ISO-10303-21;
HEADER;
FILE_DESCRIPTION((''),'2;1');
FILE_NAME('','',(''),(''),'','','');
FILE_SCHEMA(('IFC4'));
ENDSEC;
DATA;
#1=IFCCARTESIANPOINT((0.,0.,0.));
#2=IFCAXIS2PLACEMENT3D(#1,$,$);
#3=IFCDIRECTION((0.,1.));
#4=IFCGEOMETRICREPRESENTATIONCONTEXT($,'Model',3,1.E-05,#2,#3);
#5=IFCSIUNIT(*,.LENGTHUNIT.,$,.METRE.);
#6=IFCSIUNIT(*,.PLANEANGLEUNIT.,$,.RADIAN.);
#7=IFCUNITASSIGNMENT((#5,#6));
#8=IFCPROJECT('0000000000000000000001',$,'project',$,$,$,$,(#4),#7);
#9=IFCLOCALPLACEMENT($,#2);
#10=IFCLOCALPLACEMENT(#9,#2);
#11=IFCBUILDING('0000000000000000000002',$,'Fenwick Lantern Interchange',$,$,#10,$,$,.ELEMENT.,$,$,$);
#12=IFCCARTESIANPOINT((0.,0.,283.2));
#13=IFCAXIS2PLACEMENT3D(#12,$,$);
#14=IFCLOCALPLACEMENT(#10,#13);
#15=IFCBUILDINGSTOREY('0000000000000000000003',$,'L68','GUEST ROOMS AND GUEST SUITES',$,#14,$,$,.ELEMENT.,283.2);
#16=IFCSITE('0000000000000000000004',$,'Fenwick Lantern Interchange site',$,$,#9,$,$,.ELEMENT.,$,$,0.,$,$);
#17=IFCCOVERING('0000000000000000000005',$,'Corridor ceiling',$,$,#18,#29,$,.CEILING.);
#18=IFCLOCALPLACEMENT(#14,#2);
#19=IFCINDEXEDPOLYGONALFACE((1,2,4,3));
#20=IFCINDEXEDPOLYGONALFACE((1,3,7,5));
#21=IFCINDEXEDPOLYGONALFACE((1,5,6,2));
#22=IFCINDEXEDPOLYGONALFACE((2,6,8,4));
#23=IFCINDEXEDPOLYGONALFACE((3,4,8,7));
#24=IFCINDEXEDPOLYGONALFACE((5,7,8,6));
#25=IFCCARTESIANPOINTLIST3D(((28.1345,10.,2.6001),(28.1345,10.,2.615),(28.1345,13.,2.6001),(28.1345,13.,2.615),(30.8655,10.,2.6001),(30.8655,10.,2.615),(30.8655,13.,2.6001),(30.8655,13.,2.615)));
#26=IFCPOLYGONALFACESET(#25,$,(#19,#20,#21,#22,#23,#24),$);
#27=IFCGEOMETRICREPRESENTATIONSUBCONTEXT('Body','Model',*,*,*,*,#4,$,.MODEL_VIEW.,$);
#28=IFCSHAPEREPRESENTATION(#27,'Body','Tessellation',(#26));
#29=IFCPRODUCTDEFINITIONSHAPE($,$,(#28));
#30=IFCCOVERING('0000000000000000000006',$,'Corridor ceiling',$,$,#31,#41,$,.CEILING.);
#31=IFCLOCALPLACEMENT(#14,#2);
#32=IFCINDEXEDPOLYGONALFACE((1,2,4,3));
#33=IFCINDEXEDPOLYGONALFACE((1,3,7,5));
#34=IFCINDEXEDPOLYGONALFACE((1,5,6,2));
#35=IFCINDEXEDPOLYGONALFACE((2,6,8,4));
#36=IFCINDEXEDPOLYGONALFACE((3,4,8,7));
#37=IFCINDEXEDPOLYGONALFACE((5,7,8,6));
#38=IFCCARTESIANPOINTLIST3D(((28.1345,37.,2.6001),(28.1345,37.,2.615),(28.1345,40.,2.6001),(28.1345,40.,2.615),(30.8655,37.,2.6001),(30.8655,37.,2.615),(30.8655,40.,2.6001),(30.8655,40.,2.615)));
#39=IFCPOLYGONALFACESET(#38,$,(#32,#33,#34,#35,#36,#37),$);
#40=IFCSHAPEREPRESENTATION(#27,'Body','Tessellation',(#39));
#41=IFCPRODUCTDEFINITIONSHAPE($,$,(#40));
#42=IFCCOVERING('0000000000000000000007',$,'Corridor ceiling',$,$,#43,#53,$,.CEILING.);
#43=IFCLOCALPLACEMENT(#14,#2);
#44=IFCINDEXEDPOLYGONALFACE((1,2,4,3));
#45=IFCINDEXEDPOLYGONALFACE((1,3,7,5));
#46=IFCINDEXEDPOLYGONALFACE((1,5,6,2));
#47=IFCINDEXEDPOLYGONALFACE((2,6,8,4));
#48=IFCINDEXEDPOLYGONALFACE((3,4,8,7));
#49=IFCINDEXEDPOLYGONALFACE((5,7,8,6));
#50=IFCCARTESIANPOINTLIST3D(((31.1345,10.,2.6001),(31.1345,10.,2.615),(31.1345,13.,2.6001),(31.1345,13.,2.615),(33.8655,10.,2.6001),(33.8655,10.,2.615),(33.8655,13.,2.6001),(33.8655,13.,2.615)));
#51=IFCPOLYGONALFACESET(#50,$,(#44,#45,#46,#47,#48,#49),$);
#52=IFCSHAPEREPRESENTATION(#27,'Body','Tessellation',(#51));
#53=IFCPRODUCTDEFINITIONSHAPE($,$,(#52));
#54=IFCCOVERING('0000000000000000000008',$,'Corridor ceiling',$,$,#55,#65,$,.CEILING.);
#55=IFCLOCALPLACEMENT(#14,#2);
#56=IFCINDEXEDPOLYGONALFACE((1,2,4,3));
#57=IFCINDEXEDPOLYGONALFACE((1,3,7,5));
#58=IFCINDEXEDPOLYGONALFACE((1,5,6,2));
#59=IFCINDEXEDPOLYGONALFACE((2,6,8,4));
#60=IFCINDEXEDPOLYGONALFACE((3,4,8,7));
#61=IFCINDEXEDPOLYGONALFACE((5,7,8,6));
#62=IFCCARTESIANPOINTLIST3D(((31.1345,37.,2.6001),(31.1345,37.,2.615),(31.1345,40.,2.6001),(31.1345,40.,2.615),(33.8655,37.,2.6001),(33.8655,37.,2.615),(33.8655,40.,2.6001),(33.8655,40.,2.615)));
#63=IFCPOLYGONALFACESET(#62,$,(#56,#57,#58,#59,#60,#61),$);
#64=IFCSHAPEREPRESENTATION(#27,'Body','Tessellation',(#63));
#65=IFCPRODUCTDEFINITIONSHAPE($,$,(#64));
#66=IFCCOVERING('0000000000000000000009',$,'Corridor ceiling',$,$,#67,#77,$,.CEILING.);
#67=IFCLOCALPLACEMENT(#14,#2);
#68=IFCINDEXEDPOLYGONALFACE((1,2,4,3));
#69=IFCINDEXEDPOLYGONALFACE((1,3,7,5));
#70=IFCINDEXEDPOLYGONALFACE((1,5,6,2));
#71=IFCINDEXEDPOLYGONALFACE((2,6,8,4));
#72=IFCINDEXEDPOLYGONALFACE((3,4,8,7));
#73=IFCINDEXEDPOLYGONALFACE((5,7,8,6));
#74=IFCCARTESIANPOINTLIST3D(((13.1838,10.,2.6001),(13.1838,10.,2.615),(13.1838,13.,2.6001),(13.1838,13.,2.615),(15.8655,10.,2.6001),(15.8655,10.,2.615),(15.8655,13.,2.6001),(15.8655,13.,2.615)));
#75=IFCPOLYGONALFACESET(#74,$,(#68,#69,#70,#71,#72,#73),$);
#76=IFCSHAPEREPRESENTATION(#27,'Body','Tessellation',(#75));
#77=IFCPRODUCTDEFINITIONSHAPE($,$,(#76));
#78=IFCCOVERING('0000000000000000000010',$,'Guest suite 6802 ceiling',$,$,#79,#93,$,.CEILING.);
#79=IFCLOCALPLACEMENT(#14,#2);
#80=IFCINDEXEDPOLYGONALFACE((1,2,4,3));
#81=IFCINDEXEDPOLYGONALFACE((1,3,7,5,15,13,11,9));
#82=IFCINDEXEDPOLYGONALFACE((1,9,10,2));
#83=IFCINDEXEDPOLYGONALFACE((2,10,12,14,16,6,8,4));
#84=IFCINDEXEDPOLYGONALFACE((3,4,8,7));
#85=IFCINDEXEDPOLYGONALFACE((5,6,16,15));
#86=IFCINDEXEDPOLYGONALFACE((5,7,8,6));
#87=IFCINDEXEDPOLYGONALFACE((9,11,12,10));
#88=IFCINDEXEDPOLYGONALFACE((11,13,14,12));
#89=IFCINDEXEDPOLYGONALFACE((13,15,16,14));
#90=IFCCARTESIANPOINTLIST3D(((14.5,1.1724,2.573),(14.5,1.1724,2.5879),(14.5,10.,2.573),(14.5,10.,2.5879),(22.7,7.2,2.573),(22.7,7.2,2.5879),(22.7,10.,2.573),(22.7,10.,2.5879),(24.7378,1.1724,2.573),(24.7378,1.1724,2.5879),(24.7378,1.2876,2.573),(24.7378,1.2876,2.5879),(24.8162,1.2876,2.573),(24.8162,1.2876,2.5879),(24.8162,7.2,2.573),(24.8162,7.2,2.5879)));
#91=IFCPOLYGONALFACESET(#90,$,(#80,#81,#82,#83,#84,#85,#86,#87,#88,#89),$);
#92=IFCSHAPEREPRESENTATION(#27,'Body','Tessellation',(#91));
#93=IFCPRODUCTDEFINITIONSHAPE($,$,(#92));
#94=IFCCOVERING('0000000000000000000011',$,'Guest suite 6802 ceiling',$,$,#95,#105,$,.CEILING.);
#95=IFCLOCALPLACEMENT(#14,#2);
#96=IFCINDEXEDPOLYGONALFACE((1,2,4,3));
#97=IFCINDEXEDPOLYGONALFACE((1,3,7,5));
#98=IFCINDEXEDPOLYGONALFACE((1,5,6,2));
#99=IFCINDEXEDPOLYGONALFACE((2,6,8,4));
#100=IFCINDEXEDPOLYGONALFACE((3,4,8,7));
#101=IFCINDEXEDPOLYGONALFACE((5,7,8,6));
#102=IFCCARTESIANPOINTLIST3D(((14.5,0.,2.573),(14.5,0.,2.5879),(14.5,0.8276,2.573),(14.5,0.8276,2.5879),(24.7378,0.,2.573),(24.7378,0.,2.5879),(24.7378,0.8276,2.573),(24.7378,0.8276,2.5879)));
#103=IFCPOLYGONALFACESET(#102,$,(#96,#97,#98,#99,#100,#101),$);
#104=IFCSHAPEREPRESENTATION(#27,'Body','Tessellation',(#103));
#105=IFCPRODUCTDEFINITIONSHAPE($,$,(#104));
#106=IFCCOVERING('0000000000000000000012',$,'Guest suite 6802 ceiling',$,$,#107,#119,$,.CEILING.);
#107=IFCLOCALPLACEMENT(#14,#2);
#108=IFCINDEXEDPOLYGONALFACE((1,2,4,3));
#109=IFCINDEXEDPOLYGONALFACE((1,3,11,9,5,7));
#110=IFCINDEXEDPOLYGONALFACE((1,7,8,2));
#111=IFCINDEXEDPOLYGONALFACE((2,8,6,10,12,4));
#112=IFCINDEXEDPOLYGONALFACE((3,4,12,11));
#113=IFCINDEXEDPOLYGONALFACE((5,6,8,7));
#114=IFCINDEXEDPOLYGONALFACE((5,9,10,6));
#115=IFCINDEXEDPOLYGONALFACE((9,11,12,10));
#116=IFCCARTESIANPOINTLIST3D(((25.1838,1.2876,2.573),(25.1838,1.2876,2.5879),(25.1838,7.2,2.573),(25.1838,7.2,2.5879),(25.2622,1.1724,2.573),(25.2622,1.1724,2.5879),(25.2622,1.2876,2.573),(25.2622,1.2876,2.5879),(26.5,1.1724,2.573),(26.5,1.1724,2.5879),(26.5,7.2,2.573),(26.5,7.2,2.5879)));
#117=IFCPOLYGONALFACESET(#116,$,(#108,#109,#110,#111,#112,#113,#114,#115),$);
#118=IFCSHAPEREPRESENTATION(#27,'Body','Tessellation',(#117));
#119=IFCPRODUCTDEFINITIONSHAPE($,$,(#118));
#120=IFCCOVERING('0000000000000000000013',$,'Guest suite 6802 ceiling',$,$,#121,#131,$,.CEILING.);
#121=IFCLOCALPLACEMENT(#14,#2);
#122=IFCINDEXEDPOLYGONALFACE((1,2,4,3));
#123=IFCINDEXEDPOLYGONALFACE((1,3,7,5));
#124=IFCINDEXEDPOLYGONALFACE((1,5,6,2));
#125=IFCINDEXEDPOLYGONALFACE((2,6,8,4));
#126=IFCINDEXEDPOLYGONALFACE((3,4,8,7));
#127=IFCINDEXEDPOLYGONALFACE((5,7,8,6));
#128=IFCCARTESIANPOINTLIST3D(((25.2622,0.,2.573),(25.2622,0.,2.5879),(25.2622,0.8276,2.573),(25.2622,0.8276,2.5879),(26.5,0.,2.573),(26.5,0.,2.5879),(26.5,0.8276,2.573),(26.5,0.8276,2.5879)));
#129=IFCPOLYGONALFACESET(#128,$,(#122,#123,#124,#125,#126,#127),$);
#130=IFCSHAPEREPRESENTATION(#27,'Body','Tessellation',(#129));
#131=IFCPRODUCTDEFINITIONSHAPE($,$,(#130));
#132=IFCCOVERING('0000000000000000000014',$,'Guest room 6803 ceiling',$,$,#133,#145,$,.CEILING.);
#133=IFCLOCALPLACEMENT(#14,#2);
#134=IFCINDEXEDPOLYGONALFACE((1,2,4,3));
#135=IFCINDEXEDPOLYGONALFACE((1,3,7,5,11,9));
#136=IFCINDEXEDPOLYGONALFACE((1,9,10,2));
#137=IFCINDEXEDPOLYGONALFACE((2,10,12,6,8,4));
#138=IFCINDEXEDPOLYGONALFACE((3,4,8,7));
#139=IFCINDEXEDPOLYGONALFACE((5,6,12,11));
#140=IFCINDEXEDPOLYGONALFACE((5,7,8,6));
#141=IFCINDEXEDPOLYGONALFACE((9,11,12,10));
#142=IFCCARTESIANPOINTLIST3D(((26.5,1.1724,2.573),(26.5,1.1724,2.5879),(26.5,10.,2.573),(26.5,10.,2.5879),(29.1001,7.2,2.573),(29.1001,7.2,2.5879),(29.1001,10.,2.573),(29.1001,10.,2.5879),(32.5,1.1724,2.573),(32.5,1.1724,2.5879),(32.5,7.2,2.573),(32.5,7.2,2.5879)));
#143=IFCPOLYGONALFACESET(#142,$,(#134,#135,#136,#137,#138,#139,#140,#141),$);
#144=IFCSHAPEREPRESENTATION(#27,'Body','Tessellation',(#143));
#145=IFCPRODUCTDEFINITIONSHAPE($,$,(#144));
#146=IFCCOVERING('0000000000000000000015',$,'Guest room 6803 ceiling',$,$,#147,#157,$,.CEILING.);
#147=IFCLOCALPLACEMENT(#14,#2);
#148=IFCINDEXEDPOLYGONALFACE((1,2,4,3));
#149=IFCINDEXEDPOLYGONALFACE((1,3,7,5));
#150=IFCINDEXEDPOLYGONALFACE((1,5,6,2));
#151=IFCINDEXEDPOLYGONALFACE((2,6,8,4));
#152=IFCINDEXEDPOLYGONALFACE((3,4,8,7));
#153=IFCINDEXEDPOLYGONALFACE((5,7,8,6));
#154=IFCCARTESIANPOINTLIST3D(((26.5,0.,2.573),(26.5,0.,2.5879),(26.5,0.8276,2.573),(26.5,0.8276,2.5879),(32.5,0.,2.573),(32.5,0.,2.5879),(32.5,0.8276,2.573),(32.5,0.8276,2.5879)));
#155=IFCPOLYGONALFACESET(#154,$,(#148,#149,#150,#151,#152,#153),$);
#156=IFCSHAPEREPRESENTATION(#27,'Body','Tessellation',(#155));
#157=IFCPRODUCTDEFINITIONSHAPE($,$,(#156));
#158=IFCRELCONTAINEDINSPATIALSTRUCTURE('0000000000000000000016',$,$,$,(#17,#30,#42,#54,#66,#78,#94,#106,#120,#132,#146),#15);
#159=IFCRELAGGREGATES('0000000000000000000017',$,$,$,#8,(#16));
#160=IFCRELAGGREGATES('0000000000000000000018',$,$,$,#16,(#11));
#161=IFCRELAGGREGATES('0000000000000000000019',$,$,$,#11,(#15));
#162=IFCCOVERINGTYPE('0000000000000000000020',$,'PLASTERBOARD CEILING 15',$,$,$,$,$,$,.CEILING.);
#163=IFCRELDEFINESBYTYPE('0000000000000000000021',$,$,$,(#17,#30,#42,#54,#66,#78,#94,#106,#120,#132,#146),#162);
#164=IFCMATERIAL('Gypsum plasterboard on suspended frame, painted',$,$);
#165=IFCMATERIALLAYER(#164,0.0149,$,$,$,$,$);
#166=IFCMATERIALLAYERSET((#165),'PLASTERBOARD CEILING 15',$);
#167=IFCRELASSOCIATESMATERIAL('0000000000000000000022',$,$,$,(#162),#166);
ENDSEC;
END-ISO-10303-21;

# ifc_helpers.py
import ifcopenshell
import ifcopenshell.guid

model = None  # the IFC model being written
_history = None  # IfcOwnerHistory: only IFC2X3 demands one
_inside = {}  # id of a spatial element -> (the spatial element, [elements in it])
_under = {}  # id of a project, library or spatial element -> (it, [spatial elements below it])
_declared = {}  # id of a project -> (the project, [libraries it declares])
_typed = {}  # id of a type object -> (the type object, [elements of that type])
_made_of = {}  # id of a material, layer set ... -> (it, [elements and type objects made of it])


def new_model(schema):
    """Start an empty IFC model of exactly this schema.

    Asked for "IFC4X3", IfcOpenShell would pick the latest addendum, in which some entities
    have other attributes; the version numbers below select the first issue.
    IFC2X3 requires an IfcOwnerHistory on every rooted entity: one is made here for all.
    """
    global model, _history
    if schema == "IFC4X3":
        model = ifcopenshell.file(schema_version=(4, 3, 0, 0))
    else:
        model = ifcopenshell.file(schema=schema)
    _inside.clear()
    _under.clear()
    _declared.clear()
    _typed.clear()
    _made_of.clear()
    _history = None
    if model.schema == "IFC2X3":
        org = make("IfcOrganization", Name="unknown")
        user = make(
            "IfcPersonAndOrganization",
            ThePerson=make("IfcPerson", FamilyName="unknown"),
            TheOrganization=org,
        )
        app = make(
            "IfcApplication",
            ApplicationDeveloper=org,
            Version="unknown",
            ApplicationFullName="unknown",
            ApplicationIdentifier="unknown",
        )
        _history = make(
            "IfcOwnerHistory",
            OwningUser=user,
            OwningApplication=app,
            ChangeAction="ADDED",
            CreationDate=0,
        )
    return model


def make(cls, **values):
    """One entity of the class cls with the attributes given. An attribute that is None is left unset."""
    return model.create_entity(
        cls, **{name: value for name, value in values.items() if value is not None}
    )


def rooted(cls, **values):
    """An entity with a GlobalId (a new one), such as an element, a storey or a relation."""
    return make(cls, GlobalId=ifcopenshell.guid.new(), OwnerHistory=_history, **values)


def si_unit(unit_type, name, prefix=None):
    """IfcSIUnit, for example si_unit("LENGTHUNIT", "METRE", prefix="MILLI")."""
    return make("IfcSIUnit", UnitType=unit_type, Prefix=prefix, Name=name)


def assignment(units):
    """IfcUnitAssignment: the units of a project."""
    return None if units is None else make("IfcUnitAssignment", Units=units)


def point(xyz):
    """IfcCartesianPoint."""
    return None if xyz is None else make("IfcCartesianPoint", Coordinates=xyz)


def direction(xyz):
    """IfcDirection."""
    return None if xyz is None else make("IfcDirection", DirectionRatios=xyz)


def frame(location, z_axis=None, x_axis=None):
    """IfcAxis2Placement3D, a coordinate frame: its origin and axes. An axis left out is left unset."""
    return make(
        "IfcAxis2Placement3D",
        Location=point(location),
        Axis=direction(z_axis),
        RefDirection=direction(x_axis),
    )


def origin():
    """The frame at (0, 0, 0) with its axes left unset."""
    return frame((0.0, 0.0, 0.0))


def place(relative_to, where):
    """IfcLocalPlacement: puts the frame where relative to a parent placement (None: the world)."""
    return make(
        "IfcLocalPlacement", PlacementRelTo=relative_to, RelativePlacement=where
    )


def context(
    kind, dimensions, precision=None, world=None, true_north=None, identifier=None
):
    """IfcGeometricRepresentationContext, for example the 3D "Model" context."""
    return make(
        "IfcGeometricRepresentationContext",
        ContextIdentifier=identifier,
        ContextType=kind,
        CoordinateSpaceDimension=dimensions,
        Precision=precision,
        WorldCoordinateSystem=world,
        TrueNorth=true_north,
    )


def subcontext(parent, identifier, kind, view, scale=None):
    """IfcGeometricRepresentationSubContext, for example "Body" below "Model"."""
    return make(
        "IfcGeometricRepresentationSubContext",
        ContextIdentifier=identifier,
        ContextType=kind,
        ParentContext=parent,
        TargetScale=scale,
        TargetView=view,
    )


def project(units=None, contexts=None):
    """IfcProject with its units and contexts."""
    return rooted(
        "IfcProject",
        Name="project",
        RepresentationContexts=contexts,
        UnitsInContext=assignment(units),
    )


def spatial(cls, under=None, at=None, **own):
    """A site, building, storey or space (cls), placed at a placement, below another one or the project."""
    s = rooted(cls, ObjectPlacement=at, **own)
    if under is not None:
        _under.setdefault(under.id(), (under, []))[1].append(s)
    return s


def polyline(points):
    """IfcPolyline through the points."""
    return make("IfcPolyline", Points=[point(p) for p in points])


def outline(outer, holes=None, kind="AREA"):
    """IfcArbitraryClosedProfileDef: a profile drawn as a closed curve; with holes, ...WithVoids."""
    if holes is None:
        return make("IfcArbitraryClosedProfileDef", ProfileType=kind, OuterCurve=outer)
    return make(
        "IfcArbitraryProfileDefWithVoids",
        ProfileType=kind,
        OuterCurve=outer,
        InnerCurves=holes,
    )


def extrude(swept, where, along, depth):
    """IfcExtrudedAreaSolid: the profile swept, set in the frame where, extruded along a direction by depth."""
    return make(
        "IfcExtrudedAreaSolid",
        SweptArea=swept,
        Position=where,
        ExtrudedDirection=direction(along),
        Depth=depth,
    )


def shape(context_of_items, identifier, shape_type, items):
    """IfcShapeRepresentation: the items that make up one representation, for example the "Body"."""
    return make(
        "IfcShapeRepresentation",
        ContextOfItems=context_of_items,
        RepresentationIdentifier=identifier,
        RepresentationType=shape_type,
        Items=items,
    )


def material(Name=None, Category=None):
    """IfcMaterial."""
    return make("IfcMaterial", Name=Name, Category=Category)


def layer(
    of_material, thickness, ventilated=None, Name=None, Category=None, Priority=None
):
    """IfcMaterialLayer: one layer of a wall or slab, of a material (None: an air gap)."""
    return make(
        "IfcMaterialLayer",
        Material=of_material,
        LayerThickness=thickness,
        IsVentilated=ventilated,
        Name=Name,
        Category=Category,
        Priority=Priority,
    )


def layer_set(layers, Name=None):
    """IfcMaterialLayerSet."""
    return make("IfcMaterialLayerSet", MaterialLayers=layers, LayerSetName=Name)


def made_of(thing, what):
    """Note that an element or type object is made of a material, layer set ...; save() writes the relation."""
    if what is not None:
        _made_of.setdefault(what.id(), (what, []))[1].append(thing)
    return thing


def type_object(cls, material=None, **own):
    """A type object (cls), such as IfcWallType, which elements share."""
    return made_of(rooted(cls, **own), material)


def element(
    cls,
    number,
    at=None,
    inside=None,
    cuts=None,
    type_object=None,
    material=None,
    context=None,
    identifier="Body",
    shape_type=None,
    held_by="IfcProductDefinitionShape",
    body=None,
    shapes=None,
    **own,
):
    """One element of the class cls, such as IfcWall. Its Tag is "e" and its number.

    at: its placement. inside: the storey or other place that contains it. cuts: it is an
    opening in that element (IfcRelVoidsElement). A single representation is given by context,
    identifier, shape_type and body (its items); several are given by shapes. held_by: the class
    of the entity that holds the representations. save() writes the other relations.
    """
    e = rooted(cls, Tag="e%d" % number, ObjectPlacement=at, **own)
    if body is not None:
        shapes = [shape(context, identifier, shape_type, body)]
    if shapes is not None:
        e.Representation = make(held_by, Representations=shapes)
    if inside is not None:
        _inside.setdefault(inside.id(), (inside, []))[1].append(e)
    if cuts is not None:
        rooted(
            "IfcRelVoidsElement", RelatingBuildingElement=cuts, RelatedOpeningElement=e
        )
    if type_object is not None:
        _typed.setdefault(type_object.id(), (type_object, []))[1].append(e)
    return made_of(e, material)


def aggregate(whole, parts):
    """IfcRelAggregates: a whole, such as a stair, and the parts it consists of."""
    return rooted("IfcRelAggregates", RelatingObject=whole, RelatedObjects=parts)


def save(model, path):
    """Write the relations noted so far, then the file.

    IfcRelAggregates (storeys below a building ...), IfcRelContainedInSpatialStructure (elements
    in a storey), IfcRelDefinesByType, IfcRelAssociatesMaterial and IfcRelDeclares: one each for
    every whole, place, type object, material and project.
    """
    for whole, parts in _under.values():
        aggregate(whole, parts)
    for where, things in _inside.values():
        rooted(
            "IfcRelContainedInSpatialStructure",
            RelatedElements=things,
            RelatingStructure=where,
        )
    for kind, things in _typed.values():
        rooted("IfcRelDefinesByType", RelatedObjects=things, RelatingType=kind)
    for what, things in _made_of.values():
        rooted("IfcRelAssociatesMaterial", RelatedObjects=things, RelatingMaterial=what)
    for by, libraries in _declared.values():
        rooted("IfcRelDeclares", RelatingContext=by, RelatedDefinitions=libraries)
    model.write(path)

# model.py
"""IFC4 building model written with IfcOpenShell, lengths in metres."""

from ifc_helpers import new_model, si_unit, direction, frame, origin, place, context, subcontext, project, spatial, polyline, outline, extrude, material, layer, layer_set, type_object, element, save


model = new_model("IFC4")

# Units and contexts
model_context = context("Model", 3, precision=1e-05, world=origin(), true_north=direction((0.0, 1.0)))
body_context = subcontext(model_context, "Body", "Model", "MODEL_VIEW")
ifc_project = project(units=[si_unit("LENGTHUNIT", "METRE"), si_unit("PLANEANGLEUNIT", "RADIAN")], contexts=[model_context])

# Site, building, storey
site_placement = place(None, origin())
site = spatial("IfcSite", under=ifc_project, at=site_placement, Name="Fenwick Lantern Interchange site", CompositionType="ELEMENT", RefElevation=0.0)
building_placement = place(site_placement, origin())
building = spatial("IfcBuilding", under=site, at=building_placement, Name="Fenwick Lantern Interchange", CompositionType="ELEMENT")
storey_placement = place(building_placement, frame((0.0, 0.0, 283.2)))
storey = spatial("IfcBuildingStorey", under=building, at=storey_placement, Name="L68", Description="GUEST ROOMS AND GUEST SUITES", CompositionType="ELEMENT", Elevation=283.2)

# Coverings
ifc_material_1 = material(Name="Gypsum plasterboard on suspended frame, painted")
ifc_layer_1 = layer(ifc_material_1, 0.0149)
ifc_layer_set_1 = layer_set([ifc_layer_1], Name="PLASTERBOARD CEILING 15")
covering_type_1 = type_object("IfcCoveringType", Name="PLASTERBOARD CEILING 15", PredefinedType="CEILING", material=ifc_layer_set_1)
covering_1_placement = place(storey_placement, frame((0.0, 0.0, 2.6001)))
element("IfcCovering", 1, at=covering_1_placement, inside=storey, type_object=covering_type_1, Name="Corridor ceiling", PredefinedType="CEILING", context=body_context, shape_type="SweptSolid", body=[
    extrude(outline(polyline([(28.1345, 10.0), (30.8655, 10.0), (30.8655, 13.0), (28.1345, 13.0), (28.1345, 10.0)])), origin(), (0.0, 0.0, 1.0), 0.0149),
])
covering_2_placement = place(storey_placement, frame((0.0, 0.0, 2.6001)))
element("IfcCovering", 2, at=covering_2_placement, inside=storey, type_object=covering_type_1, Name="Corridor ceiling", PredefinedType="CEILING", context=body_context, shape_type="SweptSolid", body=[
    extrude(outline(polyline([(30.8655, 40.0), (28.1345, 40.0), (28.1345, 37.0), (30.8655, 37.0), (30.8655, 40.0)])), origin(), (0.0, 0.0, 1.0), 0.0149),
])
covering_3_placement = place(storey_placement, frame((0.0, 0.0, 2.6001)))
element("IfcCovering", 3, at=covering_3_placement, inside=storey, type_object=covering_type_1, Name="Corridor ceiling", PredefinedType="CEILING", context=body_context, shape_type="SweptSolid", body=[
    extrude(outline(polyline([(31.1345, 10.0), (33.8655, 10.0), (33.8655, 13.0), (31.1345, 13.0), (31.1345, 10.0)])), origin(), (0.0, 0.0, 1.0), 0.0149),
])
covering_4_placement = place(storey_placement, frame((0.0, 0.0, 2.6001)))
element("IfcCovering", 4, at=covering_4_placement, inside=storey, type_object=covering_type_1, Name="Corridor ceiling", PredefinedType="CEILING", context=body_context, shape_type="SweptSolid", body=[
    extrude(outline(polyline([(33.8655, 40.0), (31.1345, 40.0), (31.1345, 37.0), (33.8655, 37.0), (33.8655, 40.0)])), origin(), (0.0, 0.0, 1.0), 0.0149),
])
covering_5_placement = place(storey_placement, frame((0.0, 0.0, 2.6001)))
element("IfcCovering", 5, at=covering_5_placement, inside=storey, type_object=covering_type_1, Name="Corridor ceiling", PredefinedType="CEILING", context=body_context, shape_type="SweptSolid", body=[
    extrude(outline(polyline([(13.1838, 10.0), (15.8655, 10.0), (15.8655, 13.0), (13.1838, 13.0), (13.1838, 10.0)])), origin(), (0.0, 0.0, 1.0), 0.0149),
])
covering_6_placement = place(storey_placement, frame((0.0, 0.0, 2.573)))
element("IfcCovering", 6, at=covering_6_placement, inside=storey, type_object=covering_type_1, Name="Guest suite 6802 ceiling", PredefinedType="CEILING", context=body_context, shape_type="SweptSolid", body=[
    extrude(outline(polyline([(24.7378, 1.2876), (24.8162, 1.2876), (24.8162, 7.2), (22.7, 7.2), (22.7, 10.0), (14.5, 10.0), (14.5, 1.1724), (24.7378, 1.1724), (24.7378, 1.2876)])), origin(), (0.0, 0.0, 1.0), 0.0149),
])
covering_7_placement = place(storey_placement, frame((0.0, 0.0, 2.573)))
element("IfcCovering", 7, at=covering_7_placement, inside=storey, type_object=covering_type_1, Name="Guest suite 6802 ceiling", PredefinedType="CEILING", context=body_context, shape_type="SweptSolid", body=[
    extrude(outline(polyline([(24.7378, 0.0), (24.7378, 0.8276), (14.5, 0.8276), (14.5, 0.0), (24.7378, 0.0)])), origin(), (0.0, 0.0, 1.0), 0.0149),
])
covering_8_placement = place(storey_placement, frame((0.0, 0.0, 2.573)))
element("IfcCovering", 8, at=covering_8_placement, inside=storey, type_object=covering_type_1, Name="Guest suite 6802 ceiling", PredefinedType="CEILING", context=body_context, shape_type="SweptSolid", body=[
    extrude(outline(polyline([(25.2622, 1.2876), (25.2622, 1.1724), (26.5, 1.1724), (26.5, 7.2), (25.1838, 7.2), (25.1838, 1.2876), (25.2622, 1.2876)])), origin(), (0.0, 0.0, 1.0), 0.0149),
])
covering_9_placement = place(storey_placement, frame((0.0, 0.0, 2.573)))
element("IfcCovering", 9, at=covering_9_placement, inside=storey, type_object=covering_type_1, Name="Guest suite 6802 ceiling", PredefinedType="CEILING", context=body_context, shape_type="SweptSolid", body=[
    extrude(outline(polyline([(25.2622, 0.8276), (25.2622, 0.0), (26.5, 0.0), (26.5, 0.8276), (25.2622, 0.8276)])), origin(), (0.0, 0.0, 1.0), 0.0149),
])
covering_10_placement = place(storey_placement, frame((0.0, 0.0, 2.573)))
element("IfcCovering", 10, at=covering_10_placement, inside=storey, type_object=covering_type_1, Name="Guest room 6803 ceiling", PredefinedType="CEILING", context=body_context, shape_type="SweptSolid", body=[
    extrude(outline(polyline([(26.5, 10.0), (26.5, 1.1724), (32.5, 1.1724), (32.5, 7.2), (29.1001, 7.2), (29.1001, 10.0), (26.5, 10.0)])), origin(), (0.0, 0.0, 1.0), 0.0149),
])
covering_11_placement = place(storey_placement, frame((0.0, 0.0, 2.573)))
element("IfcCovering", 11, at=covering_11_placement, inside=storey, type_object=covering_type_1, Name="Guest room 6803 ceiling", PredefinedType="CEILING", context=body_context, shape_type="SweptSolid", body=[
    extrude(outline(polyline([(26.5, 0.0), (32.5, 0.0), (32.5, 0.8276), (26.5, 0.8276), (26.5, 0.0)])), origin(), (0.0, 0.0, 1.0), 0.0149),
])

save(model, "model.ifc")
